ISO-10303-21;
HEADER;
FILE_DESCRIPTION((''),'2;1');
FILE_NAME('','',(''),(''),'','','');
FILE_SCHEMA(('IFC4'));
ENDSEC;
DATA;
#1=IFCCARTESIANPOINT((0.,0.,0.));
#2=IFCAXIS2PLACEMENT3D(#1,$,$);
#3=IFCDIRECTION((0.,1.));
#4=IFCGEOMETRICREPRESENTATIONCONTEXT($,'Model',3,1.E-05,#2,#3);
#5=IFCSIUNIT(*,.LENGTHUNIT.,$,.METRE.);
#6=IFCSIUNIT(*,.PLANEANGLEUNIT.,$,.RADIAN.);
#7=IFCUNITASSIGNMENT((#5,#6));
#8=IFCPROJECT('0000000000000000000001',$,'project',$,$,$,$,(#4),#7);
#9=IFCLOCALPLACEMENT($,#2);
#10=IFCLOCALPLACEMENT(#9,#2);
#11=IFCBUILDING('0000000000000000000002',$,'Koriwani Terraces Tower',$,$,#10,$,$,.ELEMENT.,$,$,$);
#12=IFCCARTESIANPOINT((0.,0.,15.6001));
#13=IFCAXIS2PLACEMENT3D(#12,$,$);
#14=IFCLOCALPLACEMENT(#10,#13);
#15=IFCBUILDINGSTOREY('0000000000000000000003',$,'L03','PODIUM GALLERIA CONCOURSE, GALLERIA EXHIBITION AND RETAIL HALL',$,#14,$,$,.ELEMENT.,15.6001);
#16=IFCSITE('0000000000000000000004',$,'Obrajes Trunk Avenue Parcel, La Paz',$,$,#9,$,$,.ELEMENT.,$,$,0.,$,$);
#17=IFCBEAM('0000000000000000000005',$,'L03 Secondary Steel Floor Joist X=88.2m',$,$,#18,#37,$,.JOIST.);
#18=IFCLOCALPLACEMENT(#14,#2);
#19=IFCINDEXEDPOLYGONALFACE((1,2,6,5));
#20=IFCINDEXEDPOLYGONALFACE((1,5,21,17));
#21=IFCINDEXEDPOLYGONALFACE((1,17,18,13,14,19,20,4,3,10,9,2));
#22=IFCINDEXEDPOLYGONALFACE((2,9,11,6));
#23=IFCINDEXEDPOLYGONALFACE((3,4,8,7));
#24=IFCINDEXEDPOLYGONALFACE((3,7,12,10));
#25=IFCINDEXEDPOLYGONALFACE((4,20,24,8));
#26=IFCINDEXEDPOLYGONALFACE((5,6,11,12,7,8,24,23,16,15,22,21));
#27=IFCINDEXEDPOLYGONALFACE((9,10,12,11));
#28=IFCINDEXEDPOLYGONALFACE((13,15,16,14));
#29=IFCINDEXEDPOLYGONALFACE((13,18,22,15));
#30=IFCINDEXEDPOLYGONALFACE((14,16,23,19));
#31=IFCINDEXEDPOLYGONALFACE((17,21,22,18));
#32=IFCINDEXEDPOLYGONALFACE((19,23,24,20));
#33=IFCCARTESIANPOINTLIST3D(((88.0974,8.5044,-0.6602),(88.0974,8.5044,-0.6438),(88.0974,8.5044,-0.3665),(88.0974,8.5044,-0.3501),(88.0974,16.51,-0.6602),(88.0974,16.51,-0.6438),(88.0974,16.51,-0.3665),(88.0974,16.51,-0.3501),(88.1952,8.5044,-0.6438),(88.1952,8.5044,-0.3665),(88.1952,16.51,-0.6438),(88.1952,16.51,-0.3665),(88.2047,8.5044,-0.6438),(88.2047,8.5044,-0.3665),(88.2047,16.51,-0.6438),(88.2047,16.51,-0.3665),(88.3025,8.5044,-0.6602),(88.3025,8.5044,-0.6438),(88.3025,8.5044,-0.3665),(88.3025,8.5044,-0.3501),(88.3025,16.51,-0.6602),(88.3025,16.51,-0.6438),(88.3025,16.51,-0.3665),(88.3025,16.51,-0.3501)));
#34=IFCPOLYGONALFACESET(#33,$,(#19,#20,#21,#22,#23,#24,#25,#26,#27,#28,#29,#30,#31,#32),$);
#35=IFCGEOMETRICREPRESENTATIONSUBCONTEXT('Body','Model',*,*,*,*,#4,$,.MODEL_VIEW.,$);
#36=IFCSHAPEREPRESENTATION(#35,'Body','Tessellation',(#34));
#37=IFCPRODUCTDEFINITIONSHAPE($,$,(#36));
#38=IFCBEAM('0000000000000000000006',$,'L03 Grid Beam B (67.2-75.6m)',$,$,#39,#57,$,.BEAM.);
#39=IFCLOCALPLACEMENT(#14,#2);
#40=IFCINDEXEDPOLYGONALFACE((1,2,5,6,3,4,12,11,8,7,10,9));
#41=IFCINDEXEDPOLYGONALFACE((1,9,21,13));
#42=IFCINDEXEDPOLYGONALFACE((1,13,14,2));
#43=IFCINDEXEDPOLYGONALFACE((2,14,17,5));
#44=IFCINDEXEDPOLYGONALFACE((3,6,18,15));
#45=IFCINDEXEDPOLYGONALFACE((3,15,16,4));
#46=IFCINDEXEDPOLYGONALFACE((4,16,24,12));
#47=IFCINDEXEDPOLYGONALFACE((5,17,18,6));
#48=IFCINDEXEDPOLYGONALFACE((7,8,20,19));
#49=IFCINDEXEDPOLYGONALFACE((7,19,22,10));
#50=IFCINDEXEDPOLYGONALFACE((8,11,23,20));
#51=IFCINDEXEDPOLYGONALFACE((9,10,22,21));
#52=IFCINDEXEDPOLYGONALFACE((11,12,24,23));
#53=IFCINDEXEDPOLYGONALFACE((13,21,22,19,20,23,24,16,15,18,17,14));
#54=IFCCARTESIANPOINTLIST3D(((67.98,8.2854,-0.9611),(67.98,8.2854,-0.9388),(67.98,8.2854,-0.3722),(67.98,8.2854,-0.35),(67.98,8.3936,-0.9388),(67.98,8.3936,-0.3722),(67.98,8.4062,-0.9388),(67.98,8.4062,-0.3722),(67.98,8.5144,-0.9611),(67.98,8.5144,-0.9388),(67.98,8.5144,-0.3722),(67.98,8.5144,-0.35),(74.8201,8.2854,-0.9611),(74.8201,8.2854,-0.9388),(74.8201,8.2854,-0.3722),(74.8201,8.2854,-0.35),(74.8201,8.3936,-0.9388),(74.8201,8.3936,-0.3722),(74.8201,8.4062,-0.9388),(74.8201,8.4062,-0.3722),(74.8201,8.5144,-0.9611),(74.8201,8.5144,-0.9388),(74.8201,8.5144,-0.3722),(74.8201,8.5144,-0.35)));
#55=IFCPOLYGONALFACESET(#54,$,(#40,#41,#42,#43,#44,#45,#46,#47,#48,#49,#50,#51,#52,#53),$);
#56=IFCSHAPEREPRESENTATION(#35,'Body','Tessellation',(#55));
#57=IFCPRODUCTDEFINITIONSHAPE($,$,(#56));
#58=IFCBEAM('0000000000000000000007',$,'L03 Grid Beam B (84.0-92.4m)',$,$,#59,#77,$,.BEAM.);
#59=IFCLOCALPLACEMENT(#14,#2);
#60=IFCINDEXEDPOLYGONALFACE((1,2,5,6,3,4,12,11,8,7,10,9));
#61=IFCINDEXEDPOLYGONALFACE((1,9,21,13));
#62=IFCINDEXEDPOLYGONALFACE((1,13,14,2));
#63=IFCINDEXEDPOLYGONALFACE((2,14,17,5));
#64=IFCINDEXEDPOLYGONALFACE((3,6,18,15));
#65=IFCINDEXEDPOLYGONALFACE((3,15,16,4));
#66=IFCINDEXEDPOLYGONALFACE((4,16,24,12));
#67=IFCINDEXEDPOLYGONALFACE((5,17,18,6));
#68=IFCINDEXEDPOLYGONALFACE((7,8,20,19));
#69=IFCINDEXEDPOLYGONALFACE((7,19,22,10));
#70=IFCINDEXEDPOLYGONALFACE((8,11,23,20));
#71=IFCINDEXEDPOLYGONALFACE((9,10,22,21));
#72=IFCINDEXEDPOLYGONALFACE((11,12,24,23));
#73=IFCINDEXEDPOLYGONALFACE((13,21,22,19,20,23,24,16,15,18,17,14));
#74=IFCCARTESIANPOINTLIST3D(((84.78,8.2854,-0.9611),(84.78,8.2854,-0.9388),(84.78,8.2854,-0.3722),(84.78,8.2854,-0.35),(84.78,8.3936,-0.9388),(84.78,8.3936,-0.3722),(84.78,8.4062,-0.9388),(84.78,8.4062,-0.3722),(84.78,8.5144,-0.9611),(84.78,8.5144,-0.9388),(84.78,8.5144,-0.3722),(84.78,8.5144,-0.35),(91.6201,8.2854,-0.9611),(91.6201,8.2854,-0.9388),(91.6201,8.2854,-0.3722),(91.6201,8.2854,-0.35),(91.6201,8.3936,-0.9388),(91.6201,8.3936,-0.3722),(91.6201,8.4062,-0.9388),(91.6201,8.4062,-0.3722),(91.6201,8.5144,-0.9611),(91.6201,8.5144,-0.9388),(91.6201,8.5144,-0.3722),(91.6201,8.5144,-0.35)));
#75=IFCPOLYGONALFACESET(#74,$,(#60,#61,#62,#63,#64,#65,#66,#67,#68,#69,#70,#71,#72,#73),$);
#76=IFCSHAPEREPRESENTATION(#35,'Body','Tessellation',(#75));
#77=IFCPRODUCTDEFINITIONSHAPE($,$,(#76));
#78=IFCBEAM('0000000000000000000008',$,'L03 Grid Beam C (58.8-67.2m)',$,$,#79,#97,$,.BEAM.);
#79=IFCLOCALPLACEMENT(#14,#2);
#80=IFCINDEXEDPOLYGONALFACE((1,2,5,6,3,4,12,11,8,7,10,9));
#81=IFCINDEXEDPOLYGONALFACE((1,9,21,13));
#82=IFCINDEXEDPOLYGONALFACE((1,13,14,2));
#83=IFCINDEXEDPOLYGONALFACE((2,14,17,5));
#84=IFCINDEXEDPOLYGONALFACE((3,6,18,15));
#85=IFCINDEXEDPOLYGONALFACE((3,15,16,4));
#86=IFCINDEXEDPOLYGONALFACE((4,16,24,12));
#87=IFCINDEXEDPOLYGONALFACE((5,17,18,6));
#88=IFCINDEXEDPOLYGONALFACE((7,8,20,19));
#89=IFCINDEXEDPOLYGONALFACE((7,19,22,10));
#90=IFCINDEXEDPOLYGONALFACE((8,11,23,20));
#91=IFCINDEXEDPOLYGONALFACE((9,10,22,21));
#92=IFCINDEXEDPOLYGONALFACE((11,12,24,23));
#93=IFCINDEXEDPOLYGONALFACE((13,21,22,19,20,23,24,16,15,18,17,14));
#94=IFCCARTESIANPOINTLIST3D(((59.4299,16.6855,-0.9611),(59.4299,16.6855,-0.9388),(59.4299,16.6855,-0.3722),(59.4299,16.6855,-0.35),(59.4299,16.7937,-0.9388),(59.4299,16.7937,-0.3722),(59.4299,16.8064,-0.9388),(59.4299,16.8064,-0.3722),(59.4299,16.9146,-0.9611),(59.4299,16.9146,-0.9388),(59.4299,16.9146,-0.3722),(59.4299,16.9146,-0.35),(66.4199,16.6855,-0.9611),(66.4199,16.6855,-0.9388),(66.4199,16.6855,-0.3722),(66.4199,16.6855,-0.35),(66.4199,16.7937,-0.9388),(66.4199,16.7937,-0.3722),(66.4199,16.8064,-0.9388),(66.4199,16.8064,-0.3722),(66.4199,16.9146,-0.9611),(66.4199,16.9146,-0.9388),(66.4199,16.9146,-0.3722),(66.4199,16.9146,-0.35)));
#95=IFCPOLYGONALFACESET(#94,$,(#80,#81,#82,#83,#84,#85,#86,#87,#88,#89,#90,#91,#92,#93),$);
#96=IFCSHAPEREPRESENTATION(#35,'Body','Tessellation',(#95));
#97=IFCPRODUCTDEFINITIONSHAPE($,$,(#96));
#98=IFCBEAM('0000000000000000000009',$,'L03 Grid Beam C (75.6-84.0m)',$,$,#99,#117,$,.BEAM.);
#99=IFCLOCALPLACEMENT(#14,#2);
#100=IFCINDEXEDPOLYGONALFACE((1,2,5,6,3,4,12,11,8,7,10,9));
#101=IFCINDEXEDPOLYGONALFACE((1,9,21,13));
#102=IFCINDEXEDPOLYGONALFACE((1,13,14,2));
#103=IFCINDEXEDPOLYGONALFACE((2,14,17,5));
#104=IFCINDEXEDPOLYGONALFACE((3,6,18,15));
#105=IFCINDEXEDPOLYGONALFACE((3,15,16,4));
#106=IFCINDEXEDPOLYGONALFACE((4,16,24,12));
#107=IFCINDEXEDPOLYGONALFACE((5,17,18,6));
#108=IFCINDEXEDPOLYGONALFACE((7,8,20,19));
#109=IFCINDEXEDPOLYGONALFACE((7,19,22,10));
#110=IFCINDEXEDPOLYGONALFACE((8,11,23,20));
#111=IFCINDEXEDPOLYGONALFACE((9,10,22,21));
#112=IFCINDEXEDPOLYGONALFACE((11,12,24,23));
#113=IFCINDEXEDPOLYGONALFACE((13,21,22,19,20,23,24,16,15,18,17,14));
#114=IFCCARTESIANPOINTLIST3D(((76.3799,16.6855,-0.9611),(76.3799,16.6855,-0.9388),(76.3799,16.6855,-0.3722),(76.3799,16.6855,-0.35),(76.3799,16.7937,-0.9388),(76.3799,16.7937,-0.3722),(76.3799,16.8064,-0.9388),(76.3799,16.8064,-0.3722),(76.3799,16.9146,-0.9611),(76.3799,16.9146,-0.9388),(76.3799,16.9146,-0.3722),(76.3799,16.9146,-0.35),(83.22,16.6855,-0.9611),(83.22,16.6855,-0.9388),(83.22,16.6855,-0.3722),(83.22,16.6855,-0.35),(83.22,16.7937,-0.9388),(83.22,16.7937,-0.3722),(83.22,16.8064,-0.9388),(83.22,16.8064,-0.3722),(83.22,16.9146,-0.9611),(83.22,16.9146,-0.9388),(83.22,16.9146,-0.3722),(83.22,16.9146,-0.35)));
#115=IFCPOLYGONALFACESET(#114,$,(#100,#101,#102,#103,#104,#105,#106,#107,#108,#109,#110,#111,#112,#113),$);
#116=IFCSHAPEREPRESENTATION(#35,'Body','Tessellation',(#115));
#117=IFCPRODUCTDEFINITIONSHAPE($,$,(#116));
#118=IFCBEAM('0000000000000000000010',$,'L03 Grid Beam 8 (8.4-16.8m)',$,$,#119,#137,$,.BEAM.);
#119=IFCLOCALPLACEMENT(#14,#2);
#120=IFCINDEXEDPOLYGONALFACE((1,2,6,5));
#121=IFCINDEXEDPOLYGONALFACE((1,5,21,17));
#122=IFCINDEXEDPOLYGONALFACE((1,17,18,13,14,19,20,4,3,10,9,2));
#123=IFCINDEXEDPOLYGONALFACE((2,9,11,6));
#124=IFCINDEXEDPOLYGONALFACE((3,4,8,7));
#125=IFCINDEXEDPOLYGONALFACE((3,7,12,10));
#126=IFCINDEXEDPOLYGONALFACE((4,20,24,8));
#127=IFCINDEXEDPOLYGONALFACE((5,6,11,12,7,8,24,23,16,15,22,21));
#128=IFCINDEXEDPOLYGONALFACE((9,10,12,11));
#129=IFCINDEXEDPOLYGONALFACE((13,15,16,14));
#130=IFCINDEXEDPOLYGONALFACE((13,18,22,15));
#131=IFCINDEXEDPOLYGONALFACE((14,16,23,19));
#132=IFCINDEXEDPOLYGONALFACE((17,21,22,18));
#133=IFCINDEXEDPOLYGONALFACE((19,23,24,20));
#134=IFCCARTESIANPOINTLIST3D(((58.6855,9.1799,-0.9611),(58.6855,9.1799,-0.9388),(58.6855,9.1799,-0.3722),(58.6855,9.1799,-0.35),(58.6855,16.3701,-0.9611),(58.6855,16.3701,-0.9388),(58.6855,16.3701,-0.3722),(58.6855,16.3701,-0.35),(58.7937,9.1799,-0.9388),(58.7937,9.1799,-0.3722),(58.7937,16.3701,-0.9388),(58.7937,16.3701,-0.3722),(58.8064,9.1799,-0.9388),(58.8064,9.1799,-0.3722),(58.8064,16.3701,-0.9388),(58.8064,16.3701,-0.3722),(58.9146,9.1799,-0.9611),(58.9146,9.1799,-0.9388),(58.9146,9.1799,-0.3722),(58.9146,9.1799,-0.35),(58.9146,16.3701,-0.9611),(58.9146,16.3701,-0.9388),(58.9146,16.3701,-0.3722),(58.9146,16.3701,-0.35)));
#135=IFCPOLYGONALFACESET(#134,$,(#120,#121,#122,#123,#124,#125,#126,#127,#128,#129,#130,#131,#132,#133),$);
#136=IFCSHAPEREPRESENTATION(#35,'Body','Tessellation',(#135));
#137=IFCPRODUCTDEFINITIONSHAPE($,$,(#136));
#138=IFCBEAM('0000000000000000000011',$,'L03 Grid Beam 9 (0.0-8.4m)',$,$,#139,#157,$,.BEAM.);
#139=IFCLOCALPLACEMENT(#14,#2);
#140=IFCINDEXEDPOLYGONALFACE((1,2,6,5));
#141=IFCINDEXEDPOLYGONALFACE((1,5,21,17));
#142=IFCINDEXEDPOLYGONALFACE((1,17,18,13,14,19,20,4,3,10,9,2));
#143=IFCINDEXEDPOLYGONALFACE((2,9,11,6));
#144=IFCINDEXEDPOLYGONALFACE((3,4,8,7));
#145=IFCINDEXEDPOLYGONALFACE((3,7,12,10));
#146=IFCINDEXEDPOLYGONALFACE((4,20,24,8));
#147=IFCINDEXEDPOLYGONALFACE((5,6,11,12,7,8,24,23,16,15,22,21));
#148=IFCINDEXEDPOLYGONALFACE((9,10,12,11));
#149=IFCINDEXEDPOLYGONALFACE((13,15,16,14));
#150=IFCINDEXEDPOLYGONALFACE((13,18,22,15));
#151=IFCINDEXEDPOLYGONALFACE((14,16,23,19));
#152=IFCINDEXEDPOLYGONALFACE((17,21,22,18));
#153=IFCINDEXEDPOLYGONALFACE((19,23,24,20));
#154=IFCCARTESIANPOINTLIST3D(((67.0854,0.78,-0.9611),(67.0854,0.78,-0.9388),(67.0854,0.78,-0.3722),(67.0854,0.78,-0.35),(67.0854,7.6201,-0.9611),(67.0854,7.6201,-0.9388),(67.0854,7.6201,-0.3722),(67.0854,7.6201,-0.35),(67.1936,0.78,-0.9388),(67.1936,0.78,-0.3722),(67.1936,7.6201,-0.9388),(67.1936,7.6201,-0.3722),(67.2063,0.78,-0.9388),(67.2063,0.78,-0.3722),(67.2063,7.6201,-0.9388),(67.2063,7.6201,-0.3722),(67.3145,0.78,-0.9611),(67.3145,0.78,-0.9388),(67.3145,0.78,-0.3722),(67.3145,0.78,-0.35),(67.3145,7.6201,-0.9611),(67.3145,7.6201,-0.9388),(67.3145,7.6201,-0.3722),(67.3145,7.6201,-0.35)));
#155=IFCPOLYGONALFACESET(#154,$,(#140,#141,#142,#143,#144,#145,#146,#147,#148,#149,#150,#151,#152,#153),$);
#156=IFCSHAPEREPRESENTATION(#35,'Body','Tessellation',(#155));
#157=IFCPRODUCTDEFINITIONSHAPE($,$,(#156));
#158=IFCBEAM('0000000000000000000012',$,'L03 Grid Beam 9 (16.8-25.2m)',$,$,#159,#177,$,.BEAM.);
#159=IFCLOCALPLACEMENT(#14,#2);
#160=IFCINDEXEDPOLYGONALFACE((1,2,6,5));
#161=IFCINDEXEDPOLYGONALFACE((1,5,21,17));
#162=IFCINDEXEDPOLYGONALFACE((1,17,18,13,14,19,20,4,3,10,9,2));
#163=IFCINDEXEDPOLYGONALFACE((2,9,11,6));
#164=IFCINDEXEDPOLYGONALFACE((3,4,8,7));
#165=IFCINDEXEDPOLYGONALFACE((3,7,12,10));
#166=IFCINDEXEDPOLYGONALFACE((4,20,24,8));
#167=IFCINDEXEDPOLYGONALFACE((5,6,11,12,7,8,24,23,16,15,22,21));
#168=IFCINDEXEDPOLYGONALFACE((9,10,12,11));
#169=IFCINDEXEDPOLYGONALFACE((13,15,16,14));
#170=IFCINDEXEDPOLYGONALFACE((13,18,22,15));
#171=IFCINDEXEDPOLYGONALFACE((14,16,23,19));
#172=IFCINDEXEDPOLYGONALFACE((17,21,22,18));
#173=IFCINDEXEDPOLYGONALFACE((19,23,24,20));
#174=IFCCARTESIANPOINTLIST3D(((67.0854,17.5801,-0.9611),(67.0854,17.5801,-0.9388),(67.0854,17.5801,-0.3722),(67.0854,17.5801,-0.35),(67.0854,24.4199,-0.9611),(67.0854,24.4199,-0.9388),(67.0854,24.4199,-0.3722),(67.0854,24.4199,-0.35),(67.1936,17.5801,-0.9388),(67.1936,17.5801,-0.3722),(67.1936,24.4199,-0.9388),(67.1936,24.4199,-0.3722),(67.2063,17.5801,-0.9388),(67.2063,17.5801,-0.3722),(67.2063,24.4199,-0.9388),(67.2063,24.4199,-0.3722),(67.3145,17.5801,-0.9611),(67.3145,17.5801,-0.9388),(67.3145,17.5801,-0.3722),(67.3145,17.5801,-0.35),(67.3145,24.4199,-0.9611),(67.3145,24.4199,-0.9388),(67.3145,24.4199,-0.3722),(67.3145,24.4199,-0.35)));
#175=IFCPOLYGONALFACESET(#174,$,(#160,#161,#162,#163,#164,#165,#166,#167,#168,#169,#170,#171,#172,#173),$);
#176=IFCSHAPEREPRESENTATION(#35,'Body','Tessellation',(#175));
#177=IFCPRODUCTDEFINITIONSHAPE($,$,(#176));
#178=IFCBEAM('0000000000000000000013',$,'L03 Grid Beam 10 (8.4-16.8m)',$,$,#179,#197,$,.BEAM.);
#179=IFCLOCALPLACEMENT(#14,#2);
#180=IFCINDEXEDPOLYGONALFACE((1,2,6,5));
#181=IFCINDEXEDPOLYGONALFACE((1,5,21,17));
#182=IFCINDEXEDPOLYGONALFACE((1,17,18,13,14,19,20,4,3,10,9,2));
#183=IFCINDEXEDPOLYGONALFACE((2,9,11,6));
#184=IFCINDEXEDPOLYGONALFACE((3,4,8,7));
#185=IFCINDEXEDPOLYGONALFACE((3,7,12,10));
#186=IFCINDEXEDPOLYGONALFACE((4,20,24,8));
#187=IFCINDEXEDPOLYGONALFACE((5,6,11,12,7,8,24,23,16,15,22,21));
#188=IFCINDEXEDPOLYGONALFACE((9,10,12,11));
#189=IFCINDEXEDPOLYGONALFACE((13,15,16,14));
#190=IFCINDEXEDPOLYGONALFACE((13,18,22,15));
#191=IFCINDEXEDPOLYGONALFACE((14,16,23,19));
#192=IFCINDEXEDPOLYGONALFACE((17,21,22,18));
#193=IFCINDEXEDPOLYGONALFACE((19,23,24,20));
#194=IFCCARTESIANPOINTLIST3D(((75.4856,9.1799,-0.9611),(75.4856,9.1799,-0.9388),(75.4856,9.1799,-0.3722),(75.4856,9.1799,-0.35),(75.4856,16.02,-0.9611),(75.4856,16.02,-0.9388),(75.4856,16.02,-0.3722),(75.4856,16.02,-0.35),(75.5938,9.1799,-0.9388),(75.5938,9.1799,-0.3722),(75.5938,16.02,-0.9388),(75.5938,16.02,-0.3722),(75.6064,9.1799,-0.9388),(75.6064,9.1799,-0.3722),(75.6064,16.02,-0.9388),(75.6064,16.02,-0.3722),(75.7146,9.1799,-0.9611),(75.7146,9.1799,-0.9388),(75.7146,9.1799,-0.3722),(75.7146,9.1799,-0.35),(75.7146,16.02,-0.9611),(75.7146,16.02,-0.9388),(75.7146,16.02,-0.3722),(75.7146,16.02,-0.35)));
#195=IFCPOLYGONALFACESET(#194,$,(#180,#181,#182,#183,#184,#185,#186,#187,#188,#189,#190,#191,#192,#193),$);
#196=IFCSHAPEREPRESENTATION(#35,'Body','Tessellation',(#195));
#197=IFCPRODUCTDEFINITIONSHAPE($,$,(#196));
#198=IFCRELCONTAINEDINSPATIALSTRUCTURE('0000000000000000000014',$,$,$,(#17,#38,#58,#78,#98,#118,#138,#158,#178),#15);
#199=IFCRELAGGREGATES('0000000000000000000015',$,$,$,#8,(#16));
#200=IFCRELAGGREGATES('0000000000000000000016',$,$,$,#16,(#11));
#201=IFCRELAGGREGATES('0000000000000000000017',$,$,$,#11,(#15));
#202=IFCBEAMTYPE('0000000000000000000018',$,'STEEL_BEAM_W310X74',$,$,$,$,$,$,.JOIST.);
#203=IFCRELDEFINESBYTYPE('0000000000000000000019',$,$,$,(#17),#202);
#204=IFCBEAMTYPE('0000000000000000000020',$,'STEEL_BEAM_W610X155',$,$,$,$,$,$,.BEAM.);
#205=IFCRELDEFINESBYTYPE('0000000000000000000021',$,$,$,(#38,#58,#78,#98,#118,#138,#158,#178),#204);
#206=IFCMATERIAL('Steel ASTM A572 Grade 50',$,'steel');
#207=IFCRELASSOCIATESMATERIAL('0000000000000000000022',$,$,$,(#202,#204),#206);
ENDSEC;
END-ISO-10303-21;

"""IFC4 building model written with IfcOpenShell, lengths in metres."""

from ifc_helpers import new_model, si_unit, direction, frame, origin, origin_2d, place, context, subcontext, project, spatial, i_section, extrude, material, material_profile, profile_set, type_object, element, save


model = new_model("IFC4")

# Units and contexts
model_context = context("Model", 3, precision=1e-05, world=origin(), true_north=direction((0.0, 1.0)))
body_context = subcontext(model_context, "Body", "Model", "MODEL_VIEW")
ifc_project = project(units=[si_unit("LENGTHUNIT", "METRE"), si_unit("PLANEANGLEUNIT", "RADIAN")], contexts=[model_context])

# Site, building, storey
site_placement = place(None, origin())
site = spatial("IfcSite", under=ifc_project, at=site_placement, Name="Obrajes Trunk Avenue Parcel, La Paz", CompositionType="ELEMENT", RefElevation=0.0)
building_placement = place(site_placement, origin())
building = spatial("IfcBuilding", under=site, at=building_placement, Name="Koriwani Terraces Tower", CompositionType="ELEMENT")
storey_placement = place(building_placement, frame((0.0, 0.0, 15.6001)))
storey = spatial("IfcBuildingStorey", under=building, at=storey_placement, Name="L03", Description="PODIUM GALLERIA CONCOURSE, GALLERIA EXHIBITION AND RETAIL HALL", CompositionType="ELEMENT", Elevation=15.6001)

# Beams
ifc_material_1 = material(Name="Steel ASTM A572 Grade 50", Category="steel")
ifc_material_profile_1 = material_profile(ifc_material_1, i_section(OverallWidth=0.2051, OverallDepth=0.3101, WebThickness=0.0095, FlangeThickness=0.0164, at=origin_2d()), Name="Steel ASTM A572 Grade 50", Category="LoadBearing")
ifc_profile_set_1 = profile_set([ifc_material_profile_1], Name="Steel ASTM A572 Grade 50")
beam_type_1 = type_object("IfcBeamType", Name="STEEL_BEAM_W310X74", PredefinedType="JOIST", material=ifc_profile_set_1)
beam_1_placement = place(storey_placement, frame((88.2, 8.5044, -0.5051), z_axis=(0.0, 1.0, 0.0), x_axis=(-1.0, 0.0, 0.0)))
element("IfcBeam", 1, at=beam_1_placement, inside=storey, type_object=beam_type_1, Name="L03 Secondary Steel Floor Joist X=88.2m", PredefinedType="JOIST", context=body_context, shape_type="SweptSolid", body=[
    extrude(i_section(OverallWidth=0.2051, OverallDepth=0.3101, WebThickness=0.0095, FlangeThickness=0.0164, at=origin_2d()), origin(), (0.0, 0.0, 1.0), 8.0056),
])
ifc_material_profile_2 = material_profile(ifc_material_1, i_section(OverallWidth=0.229, OverallDepth=0.6111, WebThickness=0.0127, FlangeThickness=0.0222, at=origin_2d()), Name="Steel ASTM A572 Grade 50", Category="LoadBearing")
ifc_profile_set_2 = profile_set([ifc_material_profile_2], Name="Steel ASTM A572 Grade 50")
beam_type_2 = type_object("IfcBeamType", Name="STEEL_BEAM_W610X155", PredefinedType="BEAM", material=ifc_profile_set_2)
for number, where, z_axis, x_axis, name in (
    (2, (67.98, 8.3999, -0.6555), (1.0, 0.0, 0.0), (0.0, 1.0, 0.0), "L03 Grid Beam B (67.2-75.6m)"),
    (3, (84.78, 8.3999, -0.6555), (1.0, 0.0, 0.0), (0.0, 1.0, 0.0), "L03 Grid Beam B (84.0-92.4m)"),
):
    element("IfcBeam", number, at=place(storey_placement, frame(where, z_axis=z_axis, x_axis=x_axis)), inside=storey, type_object=beam_type_2, Name=name, PredefinedType="BEAM", context=body_context, shape_type="SweptSolid", body=[
        extrude(i_section(OverallWidth=0.229, OverallDepth=0.6111, WebThickness=0.0127, FlangeThickness=0.0222, at=origin_2d()), origin(), (0.0, 0.0, 1.0), 6.8401),
    ])
beam_2_placement = place(storey_placement, frame((59.4299, 16.8, -0.6555), z_axis=(1.0, 0.0, 0.0), x_axis=(0.0, 1.0, 0.0)))
element("IfcBeam", 4, at=beam_2_placement, inside=storey, type_object=beam_type_2, Name="L03 Grid Beam C (58.8-67.2m)", PredefinedType="BEAM", context=body_context, shape_type="SweptSolid", body=[
    extrude(i_section(OverallWidth=0.229, OverallDepth=0.6111, WebThickness=0.0127, FlangeThickness=0.0222, at=origin_2d()), origin(), (0.0, 0.0, 1.0), 6.99),
])
beam_3_placement = place(storey_placement, frame((76.3799, 16.8, -0.6555), z_axis=(1.0, 0.0, 0.0), x_axis=(0.0, 1.0, 0.0)))
element("IfcBeam", 5, at=beam_3_placement, inside=storey, type_object=beam_type_2, Name="L03 Grid Beam C (75.6-84.0m)", PredefinedType="BEAM", context=body_context, shape_type="SweptSolid", body=[
    extrude(i_section(OverallWidth=0.229, OverallDepth=0.6111, WebThickness=0.0127, FlangeThickness=0.0222, at=origin_2d()), origin(), (0.0, 0.0, 1.0), 6.8401),
])
beam_4_placement = place(storey_placement, frame((58.8, 9.1799, -0.6555), z_axis=(0.0, 1.0, 0.0), x_axis=(-1.0, 0.0, 0.0)))
element("IfcBeam", 6, at=beam_4_placement, inside=storey, type_object=beam_type_2, Name="L03 Grid Beam 8 (8.4-16.8m)", PredefinedType="BEAM", context=body_context, shape_type="SweptSolid", body=[
    extrude(i_section(OverallWidth=0.229, OverallDepth=0.6111, WebThickness=0.0127, FlangeThickness=0.0222, at=origin_2d()), origin(), (0.0, 0.0, 1.0), 7.1902),
])
beam_5_placement = place(storey_placement, frame((67.2, 0.78, -0.6555), z_axis=(0.0, 1.0, 0.0), x_axis=(-1.0, 0.0, 0.0)))
element("IfcBeam", 7, at=beam_5_placement, inside=storey, type_object=beam_type_2, Name="L03 Grid Beam 9 (0.0-8.4m)", PredefinedType="BEAM", context=body_context, shape_type="SweptSolid", body=[
    extrude(i_section(OverallWidth=0.229, OverallDepth=0.6111, WebThickness=0.0127, FlangeThickness=0.0222, at=origin_2d()), origin(), (0.0, 0.0, 1.0), 6.8401),
])
beam_6_placement = place(storey_placement, frame((67.2, 17.5801, -0.6555), z_axis=(0.0, 1.0, 0.0), x_axis=(-1.0, 0.0, 0.0)))
element("IfcBeam", 8, at=beam_6_placement, inside=storey, type_object=beam_type_2, Name="L03 Grid Beam 9 (16.8-25.2m)", PredefinedType="BEAM", context=body_context, shape_type="SweptSolid", body=[
    extrude(i_section(OverallWidth=0.229, OverallDepth=0.6111, WebThickness=0.0127, FlangeThickness=0.0222, at=origin_2d()), origin(), (0.0, 0.0, 1.0), 6.8398),
])
for number, where, z_axis, x_axis, name in (
    (9, (75.6001, 9.1799, -0.6555), (0.0, 1.0, 0.0), (-1.0, 0.0, 0.0), "L03 Grid Beam 10 (8.4-16.8m)"),
):
    element("IfcBeam", number, at=place(storey_placement, frame(where, z_axis=z_axis, x_axis=x_axis)), inside=storey, type_object=beam_type_2, Name=name, PredefinedType="BEAM", context=body_context, shape_type="SweptSolid", body=[
        extrude(i_section(OverallWidth=0.229, OverallDepth=0.6111, WebThickness=0.0127, FlangeThickness=0.0222, at=origin_2d()), origin(), (0.0, 0.0, 1.0), 6.8401),
    ])

save(model, "model.ifc")
